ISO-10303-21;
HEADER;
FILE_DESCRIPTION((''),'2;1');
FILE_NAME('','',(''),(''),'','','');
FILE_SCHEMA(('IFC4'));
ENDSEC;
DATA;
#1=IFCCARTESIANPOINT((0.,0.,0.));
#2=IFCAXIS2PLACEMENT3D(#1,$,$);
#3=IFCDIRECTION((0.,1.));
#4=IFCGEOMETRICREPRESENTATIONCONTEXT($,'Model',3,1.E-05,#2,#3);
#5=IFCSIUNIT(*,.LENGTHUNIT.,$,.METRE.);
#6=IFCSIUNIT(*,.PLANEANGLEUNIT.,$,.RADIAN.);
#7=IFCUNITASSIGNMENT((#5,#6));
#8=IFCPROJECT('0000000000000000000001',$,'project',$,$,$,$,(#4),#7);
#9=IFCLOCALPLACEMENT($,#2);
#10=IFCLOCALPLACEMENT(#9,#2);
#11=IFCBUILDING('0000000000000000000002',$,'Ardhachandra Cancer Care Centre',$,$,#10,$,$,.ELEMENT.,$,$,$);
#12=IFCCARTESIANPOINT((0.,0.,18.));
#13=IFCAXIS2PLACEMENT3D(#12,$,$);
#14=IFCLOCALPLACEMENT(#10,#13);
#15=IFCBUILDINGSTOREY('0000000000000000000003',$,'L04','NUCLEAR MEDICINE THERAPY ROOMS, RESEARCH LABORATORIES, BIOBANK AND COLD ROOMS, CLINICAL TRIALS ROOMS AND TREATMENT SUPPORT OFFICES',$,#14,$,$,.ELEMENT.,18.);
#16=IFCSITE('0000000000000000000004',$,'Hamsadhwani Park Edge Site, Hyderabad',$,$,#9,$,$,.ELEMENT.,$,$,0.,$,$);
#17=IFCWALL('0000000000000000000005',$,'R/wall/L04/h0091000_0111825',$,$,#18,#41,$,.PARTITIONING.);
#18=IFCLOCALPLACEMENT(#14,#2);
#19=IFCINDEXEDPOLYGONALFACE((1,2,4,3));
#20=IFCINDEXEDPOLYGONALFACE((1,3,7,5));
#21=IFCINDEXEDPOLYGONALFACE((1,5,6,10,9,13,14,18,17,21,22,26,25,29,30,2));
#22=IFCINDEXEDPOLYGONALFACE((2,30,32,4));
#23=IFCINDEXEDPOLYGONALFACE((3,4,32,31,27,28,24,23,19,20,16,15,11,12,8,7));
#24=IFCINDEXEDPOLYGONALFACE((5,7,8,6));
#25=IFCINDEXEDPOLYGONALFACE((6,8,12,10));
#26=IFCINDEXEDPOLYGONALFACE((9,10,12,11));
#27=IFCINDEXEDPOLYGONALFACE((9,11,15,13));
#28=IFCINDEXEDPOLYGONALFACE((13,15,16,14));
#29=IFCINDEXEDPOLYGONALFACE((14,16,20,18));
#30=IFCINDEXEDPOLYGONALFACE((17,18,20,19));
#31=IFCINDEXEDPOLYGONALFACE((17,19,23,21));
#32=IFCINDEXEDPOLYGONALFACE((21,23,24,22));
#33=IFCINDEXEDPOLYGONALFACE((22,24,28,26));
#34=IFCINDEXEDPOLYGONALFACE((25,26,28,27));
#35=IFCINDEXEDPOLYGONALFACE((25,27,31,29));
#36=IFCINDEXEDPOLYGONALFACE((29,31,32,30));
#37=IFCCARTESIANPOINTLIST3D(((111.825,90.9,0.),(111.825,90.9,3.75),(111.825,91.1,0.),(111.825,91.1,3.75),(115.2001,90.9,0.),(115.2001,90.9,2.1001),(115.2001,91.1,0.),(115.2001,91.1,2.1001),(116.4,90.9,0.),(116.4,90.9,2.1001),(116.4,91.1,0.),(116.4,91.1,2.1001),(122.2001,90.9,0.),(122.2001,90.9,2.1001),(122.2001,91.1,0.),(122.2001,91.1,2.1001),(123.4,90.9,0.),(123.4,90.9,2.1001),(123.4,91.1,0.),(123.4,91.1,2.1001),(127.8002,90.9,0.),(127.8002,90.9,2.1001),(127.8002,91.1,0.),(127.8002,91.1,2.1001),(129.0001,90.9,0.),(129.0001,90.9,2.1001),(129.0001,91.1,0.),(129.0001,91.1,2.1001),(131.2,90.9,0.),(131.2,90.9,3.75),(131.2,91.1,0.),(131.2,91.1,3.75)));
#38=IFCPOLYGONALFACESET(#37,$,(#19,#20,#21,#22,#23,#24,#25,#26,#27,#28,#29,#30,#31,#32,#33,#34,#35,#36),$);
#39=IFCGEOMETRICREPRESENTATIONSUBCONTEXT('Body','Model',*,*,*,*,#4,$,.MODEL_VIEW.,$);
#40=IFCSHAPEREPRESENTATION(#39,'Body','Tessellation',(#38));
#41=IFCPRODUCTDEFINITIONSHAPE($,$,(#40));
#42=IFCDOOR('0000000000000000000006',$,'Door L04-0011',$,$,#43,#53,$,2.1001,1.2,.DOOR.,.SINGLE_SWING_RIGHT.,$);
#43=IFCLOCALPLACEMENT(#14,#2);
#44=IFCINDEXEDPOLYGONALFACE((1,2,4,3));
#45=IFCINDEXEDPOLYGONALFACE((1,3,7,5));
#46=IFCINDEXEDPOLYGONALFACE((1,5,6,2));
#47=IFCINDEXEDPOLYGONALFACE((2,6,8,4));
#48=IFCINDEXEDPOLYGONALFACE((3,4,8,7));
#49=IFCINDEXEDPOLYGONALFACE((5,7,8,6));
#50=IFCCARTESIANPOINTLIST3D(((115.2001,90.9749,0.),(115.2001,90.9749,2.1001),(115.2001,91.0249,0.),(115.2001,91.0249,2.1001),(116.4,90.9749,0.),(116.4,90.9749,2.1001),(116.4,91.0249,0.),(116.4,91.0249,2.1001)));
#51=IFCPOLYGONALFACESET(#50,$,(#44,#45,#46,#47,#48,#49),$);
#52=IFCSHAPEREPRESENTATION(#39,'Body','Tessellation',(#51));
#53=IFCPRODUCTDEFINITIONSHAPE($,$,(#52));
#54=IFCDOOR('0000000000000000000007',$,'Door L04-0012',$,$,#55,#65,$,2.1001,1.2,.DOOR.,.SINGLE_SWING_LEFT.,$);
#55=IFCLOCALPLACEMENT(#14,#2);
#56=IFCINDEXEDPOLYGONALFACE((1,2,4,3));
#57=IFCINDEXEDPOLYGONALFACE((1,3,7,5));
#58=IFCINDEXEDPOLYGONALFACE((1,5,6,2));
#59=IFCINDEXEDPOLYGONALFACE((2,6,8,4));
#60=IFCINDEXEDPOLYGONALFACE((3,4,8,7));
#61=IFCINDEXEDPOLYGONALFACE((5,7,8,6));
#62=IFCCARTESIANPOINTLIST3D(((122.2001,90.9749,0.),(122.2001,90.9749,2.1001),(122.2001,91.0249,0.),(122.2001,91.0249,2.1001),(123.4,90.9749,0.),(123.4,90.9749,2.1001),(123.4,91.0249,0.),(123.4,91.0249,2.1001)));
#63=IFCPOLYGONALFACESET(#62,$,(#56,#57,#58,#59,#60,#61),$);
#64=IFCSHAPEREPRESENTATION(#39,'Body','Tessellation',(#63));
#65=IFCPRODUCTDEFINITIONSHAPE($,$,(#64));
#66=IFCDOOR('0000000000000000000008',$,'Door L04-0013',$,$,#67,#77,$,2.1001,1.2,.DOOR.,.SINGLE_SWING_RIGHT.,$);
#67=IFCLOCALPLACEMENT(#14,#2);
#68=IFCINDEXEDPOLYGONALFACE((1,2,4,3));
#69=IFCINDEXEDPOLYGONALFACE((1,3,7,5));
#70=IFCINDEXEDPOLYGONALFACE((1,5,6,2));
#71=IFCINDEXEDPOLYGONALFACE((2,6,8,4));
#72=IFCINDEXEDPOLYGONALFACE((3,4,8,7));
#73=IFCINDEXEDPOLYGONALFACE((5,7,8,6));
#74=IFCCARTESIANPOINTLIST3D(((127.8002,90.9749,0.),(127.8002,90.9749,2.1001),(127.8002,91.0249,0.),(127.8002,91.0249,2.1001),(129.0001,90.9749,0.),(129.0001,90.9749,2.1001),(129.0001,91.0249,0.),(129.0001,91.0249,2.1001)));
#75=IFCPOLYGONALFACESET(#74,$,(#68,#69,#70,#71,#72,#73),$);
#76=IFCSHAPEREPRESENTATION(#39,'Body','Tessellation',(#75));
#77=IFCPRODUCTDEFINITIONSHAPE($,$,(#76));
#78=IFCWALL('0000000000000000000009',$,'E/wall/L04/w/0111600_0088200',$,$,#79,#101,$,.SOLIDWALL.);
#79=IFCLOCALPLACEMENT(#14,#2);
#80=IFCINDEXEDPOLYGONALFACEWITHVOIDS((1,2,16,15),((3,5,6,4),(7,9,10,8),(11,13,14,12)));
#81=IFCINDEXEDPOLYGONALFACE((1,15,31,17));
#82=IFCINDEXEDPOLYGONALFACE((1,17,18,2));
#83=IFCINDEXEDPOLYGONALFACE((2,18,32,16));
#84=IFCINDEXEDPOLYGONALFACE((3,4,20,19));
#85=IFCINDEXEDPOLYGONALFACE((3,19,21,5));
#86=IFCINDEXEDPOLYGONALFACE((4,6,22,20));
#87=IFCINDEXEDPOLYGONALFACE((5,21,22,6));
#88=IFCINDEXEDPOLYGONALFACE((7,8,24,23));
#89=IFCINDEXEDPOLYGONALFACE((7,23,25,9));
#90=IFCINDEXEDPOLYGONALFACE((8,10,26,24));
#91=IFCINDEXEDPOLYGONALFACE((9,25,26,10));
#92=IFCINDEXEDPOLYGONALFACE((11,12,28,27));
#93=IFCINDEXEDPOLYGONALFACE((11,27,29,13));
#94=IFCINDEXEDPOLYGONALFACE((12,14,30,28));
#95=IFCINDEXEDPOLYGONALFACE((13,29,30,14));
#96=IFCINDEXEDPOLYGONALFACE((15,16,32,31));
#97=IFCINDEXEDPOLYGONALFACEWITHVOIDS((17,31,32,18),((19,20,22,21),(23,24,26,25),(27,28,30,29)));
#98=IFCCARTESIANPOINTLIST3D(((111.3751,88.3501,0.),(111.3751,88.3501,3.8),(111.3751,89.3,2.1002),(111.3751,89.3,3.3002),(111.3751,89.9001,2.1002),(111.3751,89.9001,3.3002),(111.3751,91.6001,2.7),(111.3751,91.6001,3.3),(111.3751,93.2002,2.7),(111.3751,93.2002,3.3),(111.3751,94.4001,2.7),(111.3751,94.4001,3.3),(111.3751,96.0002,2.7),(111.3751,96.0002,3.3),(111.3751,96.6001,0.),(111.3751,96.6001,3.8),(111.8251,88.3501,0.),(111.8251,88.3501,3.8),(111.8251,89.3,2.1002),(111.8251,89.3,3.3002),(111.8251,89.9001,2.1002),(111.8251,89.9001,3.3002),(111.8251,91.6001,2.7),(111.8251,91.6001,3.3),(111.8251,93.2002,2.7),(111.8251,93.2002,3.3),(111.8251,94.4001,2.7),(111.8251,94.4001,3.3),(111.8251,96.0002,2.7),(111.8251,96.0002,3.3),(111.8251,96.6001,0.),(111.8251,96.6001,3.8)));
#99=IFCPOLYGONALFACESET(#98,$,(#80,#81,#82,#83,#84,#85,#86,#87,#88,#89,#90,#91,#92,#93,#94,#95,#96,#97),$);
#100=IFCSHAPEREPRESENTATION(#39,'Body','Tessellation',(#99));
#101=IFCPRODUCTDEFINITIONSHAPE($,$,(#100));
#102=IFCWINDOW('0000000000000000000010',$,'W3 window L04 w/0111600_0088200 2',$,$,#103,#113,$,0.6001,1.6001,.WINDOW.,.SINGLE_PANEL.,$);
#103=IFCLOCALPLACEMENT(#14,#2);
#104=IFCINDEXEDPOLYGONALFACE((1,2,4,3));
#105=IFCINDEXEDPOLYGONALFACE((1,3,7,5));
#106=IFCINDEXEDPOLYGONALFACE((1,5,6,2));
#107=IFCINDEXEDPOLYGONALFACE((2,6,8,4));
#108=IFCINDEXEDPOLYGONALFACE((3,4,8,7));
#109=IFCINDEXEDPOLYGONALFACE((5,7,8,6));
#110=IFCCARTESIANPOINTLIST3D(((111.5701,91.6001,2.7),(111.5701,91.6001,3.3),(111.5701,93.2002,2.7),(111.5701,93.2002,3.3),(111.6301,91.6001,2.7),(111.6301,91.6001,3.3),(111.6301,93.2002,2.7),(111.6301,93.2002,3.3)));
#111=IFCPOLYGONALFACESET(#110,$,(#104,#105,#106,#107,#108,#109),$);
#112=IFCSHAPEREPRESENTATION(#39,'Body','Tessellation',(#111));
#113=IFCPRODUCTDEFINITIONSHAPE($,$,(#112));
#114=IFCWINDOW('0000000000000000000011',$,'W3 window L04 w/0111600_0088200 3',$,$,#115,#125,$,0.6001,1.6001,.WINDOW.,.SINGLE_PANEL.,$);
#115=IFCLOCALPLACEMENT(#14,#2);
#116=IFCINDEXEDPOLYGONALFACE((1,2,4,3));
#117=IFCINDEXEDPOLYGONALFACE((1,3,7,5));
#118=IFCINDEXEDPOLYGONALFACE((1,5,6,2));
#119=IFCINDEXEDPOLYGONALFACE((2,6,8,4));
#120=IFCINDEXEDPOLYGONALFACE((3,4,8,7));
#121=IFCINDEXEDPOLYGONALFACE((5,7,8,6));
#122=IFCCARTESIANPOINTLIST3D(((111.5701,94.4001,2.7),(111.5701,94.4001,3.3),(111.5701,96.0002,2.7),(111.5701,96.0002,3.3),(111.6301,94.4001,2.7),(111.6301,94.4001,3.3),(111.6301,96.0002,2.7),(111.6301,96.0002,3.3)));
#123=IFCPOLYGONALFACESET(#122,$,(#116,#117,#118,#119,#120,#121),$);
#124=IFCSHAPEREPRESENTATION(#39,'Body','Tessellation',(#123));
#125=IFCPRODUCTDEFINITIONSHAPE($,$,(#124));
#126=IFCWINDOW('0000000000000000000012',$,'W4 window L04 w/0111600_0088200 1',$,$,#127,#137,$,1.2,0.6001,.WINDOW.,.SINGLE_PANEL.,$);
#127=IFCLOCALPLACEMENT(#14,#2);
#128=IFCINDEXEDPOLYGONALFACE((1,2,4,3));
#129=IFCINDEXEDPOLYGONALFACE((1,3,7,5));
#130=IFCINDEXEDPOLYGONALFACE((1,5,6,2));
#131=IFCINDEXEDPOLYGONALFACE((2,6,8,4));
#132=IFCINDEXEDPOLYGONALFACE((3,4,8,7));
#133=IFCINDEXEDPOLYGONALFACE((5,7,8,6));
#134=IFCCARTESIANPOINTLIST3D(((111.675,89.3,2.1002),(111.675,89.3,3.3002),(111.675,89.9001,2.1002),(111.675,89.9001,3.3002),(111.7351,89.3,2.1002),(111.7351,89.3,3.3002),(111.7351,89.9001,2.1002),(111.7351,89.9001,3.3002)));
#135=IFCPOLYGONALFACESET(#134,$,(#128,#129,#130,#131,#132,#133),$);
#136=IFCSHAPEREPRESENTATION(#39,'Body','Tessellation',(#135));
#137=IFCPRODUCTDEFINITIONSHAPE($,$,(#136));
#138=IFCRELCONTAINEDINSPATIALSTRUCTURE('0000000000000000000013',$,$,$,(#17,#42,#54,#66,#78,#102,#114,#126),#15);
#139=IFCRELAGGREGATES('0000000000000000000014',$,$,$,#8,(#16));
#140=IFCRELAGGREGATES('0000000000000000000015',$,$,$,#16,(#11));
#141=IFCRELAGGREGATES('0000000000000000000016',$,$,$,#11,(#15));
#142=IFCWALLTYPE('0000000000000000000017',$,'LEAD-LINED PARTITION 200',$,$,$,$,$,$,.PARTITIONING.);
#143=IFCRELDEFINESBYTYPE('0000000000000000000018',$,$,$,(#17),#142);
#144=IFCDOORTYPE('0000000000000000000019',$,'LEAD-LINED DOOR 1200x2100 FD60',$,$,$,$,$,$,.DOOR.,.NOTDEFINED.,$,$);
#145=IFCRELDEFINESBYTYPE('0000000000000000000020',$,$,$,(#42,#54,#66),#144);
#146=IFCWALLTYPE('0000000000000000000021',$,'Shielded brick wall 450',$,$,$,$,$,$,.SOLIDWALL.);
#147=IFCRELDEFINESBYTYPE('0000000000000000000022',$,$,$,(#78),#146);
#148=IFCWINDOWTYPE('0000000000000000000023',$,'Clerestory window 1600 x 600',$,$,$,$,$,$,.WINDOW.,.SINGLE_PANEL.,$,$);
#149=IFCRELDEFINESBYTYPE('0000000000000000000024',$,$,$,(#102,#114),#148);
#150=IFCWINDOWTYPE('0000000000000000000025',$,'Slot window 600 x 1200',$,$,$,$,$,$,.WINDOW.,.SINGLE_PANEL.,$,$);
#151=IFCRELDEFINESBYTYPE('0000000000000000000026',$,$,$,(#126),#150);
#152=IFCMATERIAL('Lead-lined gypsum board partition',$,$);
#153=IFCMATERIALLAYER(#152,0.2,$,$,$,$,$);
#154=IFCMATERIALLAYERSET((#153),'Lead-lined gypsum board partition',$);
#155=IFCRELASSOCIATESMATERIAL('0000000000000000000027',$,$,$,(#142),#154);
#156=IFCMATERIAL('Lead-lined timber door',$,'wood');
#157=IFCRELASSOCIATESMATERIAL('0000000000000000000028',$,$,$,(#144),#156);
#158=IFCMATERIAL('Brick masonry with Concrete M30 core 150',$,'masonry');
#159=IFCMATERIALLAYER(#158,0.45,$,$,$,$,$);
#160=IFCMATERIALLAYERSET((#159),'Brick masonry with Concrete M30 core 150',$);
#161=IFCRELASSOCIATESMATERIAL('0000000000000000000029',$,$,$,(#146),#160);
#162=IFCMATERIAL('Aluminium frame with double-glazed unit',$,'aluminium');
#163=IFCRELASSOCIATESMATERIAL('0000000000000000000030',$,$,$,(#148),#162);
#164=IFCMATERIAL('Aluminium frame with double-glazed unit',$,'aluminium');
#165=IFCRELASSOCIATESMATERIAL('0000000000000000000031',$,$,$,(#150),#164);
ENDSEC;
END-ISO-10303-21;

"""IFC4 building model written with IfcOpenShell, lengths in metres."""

from ifc_helpers import new_model, si_unit, direction, frame, frame_2d, origin, place, context, subcontext, project, spatial, rectangle, extrude, material, layer, layer_set, type_object, element, fill, save


model = new_model("IFC4")

# Units and contexts
model_context = context("Model", 3, precision=1e-05, world=origin(), true_north=direction((0.0, 1.0)))
body_context = subcontext(model_context, "Body", "Model", "MODEL_VIEW")
ifc_project = project(units=[si_unit("LENGTHUNIT", "METRE"), si_unit("PLANEANGLEUNIT", "RADIAN")], contexts=[model_context])

# Site, building, storey
site_placement = place(None, origin())
site = spatial("IfcSite", under=ifc_project, at=site_placement, Name="Hamsadhwani Park Edge Site, Hyderabad", CompositionType="ELEMENT", RefElevation=0.0)
building_placement = place(site_placement, origin())
building = spatial("IfcBuilding", under=site, at=building_placement, Name="Ardhachandra Cancer Care Centre", CompositionType="ELEMENT")
storey_placement = place(building_placement, frame((0.0, 0.0, 18.0)))
storey = spatial("IfcBuildingStorey", under=building, at=storey_placement, Name="L04", Description="NUCLEAR MEDICINE THERAPY ROOMS, RESEARCH LABORATORIES, BIOBANK AND COLD ROOMS, CLINICAL TRIALS ROOMS AND TREATMENT SUPPORT OFFICES", CompositionType="ELEMENT", Elevation=18.0)

# Wall, openings, doors
ifc_material_1 = material(Name="Lead-lined gypsum board partition")
ifc_layer_1 = layer(ifc_material_1, 0.2)
ifc_layer_set_1 = layer_set([ifc_layer_1], Name="Lead-lined gypsum board partition")
wall_type_1 = type_object("IfcWallType", Name="LEAD-LINED PARTITION 200", PredefinedType="PARTITIONING", material=ifc_layer_set_1)
wall_1_placement = place(storey_placement, frame((111.825, 91.0, 0.0), z_axis=(0.0, 0.0, 1.0), x_axis=(1.0, 0.0, 0.0)))
wall_1 = element("IfcWall", 1, at=wall_1_placement, inside=storey, type_object=wall_type_1, Name="R/wall/L04/h0091000_0111825", PredefinedType="PARTITIONING", context=body_context, shape_type="SweptSolid", body=[
    extrude(rectangle(XDim=19.375, YDim=0.2, at=frame_2d((9.6875, 0.0))), origin(), (0.0, 0.0, 1.0), 3.75),
])
opening_1_placement = place(wall_1_placement, frame((3.375, 0.0, 0.0)))
opening_1 = element("IfcOpeningElement", 2, at=opening_1_placement, cuts=wall_1, PredefinedType="OPENING", context=body_context, shape_type="SweptSolid", body=[
    extrude(rectangle(XDim=1.2, YDim=2.1001, at=frame_2d((0.6001, 1.05))), frame((0.0, 0.1099, 0.0), z_axis=(0.0, -1.0, 0.0), x_axis=(1.0, 0.0, 0.0)), (0.0, 0.0, 1.0), 0.22),
])
opening_2_placement = place(wall_1_placement, frame((10.375, 0.0, 0.0)))
opening_2 = element("IfcOpeningElement", 3, at=opening_2_placement, cuts=wall_1, PredefinedType="OPENING", context=body_context, shape_type="SweptSolid", body=[
    extrude(rectangle(XDim=1.2, YDim=2.1001, at=frame_2d((0.6001, 1.05))), frame((0.0, 0.1099, 0.0), z_axis=(0.0, -1.0, 0.0), x_axis=(1.0, 0.0, 0.0)), (0.0, 0.0, 1.0), 0.22),
])
opening_3_placement = place(wall_1_placement, frame((15.9751, 0.0, 0.0)))
opening_3 = element("IfcOpeningElement", 4, at=opening_3_placement, cuts=wall_1, PredefinedType="OPENING", context=body_context, shape_type="SweptSolid", body=[
    extrude(rectangle(XDim=1.2, YDim=2.1001, at=frame_2d((0.6001, 1.05))), frame((0.0, 0.1099, 0.0), z_axis=(0.0, -1.0, 0.0), x_axis=(1.0, 0.0, 0.0)), (0.0, 0.0, 1.0), 0.22),
])
ifc_material_2 = material(Name="Lead-lined timber door", Category="wood")
door_type_1 = type_object("IfcDoorType", Name="LEAD-LINED DOOR 1200x2100 FD60", OperationType="NOTDEFINED", PredefinedType="DOOR", material=ifc_material_2)
door_1_placement = place(opening_1_placement, origin())
door_1 = element("IfcDoor", 5, at=door_1_placement, inside=storey, type_object=door_type_1, Name="Door L04-0011", OperationType="SINGLE_SWING_RIGHT", OverallHeight=2.1001, OverallWidth=1.2, PredefinedType="DOOR", context=body_context, shape_type="SweptSolid", body=[
    extrude(rectangle(XDim=1.2, YDim=2.1001, at=frame_2d((0.6001, 1.05))), frame((0.0, 0.0249, 0.0), z_axis=(0.0, -1.0, 0.0), x_axis=(1.0, 0.0, 0.0)), (0.0, 0.0, 1.0), 0.05),
])
fill(opening_1, door_1)
door_2_placement = place(opening_2_placement, origin())
door_2 = element("IfcDoor", 6, at=door_2_placement, inside=storey, type_object=door_type_1, Name="Door L04-0012", OperationType="SINGLE_SWING_LEFT", OverallHeight=2.1001, OverallWidth=1.2, PredefinedType="DOOR", context=body_context, shape_type="SweptSolid", body=[
    extrude(rectangle(XDim=1.2, YDim=2.1001, at=frame_2d((0.6001, 1.05))), frame((0.0, 0.0249, 0.0), z_axis=(0.0, -1.0, 0.0), x_axis=(1.0, 0.0, 0.0)), (0.0, 0.0, 1.0), 0.05),
])
fill(opening_2, door_2)
door_3_placement = place(opening_3_placement, origin())
door_3 = element("IfcDoor", 7, at=door_3_placement, inside=storey, type_object=door_type_1, Name="Door L04-0013", OperationType="SINGLE_SWING_RIGHT", OverallHeight=2.1001, OverallWidth=1.2, PredefinedType="DOOR", context=body_context, shape_type="SweptSolid", body=[
    extrude(rectangle(XDim=1.2, YDim=2.1001, at=frame_2d((0.6001, 1.05))), frame((0.0, 0.0249, 0.0), z_axis=(0.0, -1.0, 0.0), x_axis=(1.0, 0.0, 0.0)), (0.0, 0.0, 1.0), 0.05),
])
fill(opening_3, door_3)

# Wall, openings, windows
ifc_material_3 = material(Name="Brick masonry with Concrete M30 core 150", Category="masonry")
ifc_layer_2 = layer(ifc_material_3, 0.45)
ifc_layer_set_2 = layer_set([ifc_layer_2], Name="Brick masonry with Concrete M30 core 150")
wall_type_2 = type_object("IfcWallType", Name="Shielded brick wall 450", PredefinedType="SOLIDWALL", material=ifc_layer_set_2)
wall_2_placement = place(storey_placement, frame((111.6001, 88.3501, 0.0), z_axis=(0.0, 0.0, 1.0), x_axis=(0.0, 1.0, 0.0)))
wall_2 = element("IfcWall", 8, at=wall_2_placement, inside=storey, type_object=wall_type_2, Name="E/wall/L04/w/0111600_0088200", PredefinedType="SOLIDWALL", context=body_context, shape_type="SweptSolid", body=[
    extrude(rectangle(XDim=8.25, YDim=0.45, at=frame_2d((4.125, 0.0))), origin(), (0.0, 0.0, 1.0), 3.8),
])
opening_4_placement = place(wall_2_placement, frame((0.95, 0.0, 2.1001)))
opening_4 = element("IfcOpeningElement", 9, at=opening_4_placement, cuts=wall_2, PredefinedType="OPENING", context=body_context, shape_type="SweptSolid", body=[
    extrude(rectangle(XDim=0.6001, YDim=1.2, at=frame_2d((0.3, 0.6001))), frame((0.0, 0.2349, 0.0), z_axis=(0.0, -1.0, 0.0), x_axis=(1.0, 0.0, 0.0)), (0.0, 0.0, 1.0), 0.47),
])
opening_5_placement = place(wall_2_placement, frame((3.25, 0.0, 2.7)))
opening_5 = element("IfcOpeningElement", 10, at=opening_5_placement, cuts=wall_2, PredefinedType="OPENING", context=body_context, shape_type="SweptSolid", body=[
    extrude(rectangle(XDim=1.6001, YDim=0.6001, at=frame_2d((0.8, 0.3))), frame((0.0, 0.2349, 0.0), z_axis=(0.0, -1.0, 0.0), x_axis=(1.0, 0.0, 0.0)), (0.0, 0.0, 1.0), 0.47),
])
opening_6_placement = place(wall_2_placement, frame((6.05, 0.0, 2.7)))
opening_6 = element("IfcOpeningElement", 11, at=opening_6_placement, cuts=wall_2, PredefinedType="OPENING", context=body_context, shape_type="SweptSolid", body=[
    extrude(rectangle(XDim=1.6001, YDim=0.6001, at=frame_2d((0.8, 0.3))), frame((0.0, 0.2349, 0.0), z_axis=(0.0, -1.0, 0.0), x_axis=(1.0, 0.0, 0.0)), (0.0, 0.0, 1.0), 0.47),
])
ifc_material_4 = material(Name="Aluminium frame with double-glazed unit", Category="aluminium")
window_type_1 = type_object("IfcWindowType", Name="Clerestory window 1600 x 600", PartitioningType="SINGLE_PANEL", PredefinedType="WINDOW", material=ifc_material_4)
window_1_placement = place(opening_5_placement, origin())
window_1 = element("IfcWindow", 12, at=window_1_placement, inside=storey, type_object=window_type_1, Name="W3 window L04 w/0111600_0088200 2", OverallHeight=0.6001, OverallWidth=1.6001, PartitioningType="SINGLE_PANEL", PredefinedType="WINDOW", context=body_context, shape_type="SweptSolid", body=[
    extrude(rectangle(XDim=1.6001, YDim=0.6001, at=frame_2d((0.8, 0.3))), frame((0.0, 0.03, 0.0), z_axis=(0.0, -1.0, 0.0), x_axis=(1.0, 0.0, 0.0)), (0.0, 0.0, 1.0), 0.0601),
])
fill(opening_5, window_1)
window_2_placement = place(opening_6_placement, origin())
window_2 = element("IfcWindow", 13, at=window_2_placement, inside=storey, type_object=window_type_1, Name="W3 window L04 w/0111600_0088200 3", OverallHeight=0.6001, OverallWidth=1.6001, PartitioningType="SINGLE_PANEL", PredefinedType="WINDOW", context=body_context, shape_type="SweptSolid", body=[
    extrude(rectangle(XDim=1.6001, YDim=0.6001, at=frame_2d((0.8, 0.3))), frame((0.0, 0.03, 0.0), z_axis=(0.0, -1.0, 0.0), x_axis=(1.0, 0.0, 0.0)), (0.0, 0.0, 1.0), 0.0601),
])
fill(opening_6, window_2)
ifc_material_5 = material(Name="Aluminium frame with double-glazed unit", Category="aluminium")
window_type_2 = type_object("IfcWindowType", Name="Slot window 600 x 1200", PartitioningType="SINGLE_PANEL", PredefinedType="WINDOW", material=ifc_material_5)
window_3_placement = place(opening_4_placement, origin())
window_3 = element("IfcWindow", 14, at=window_3_placement, inside=storey, type_object=window_type_2, Name="W4 window L04 w/0111600_0088200 1", OverallHeight=1.2, OverallWidth=0.6001, PartitioningType="SINGLE_PANEL", PredefinedType="WINDOW", context=body_context, shape_type="SweptSolid", body=[
    extrude(rectangle(XDim=0.6001, YDim=1.2, at=frame_2d((0.3, 0.6001))), frame((0.0, -0.075, 0.0), z_axis=(0.0, -1.0, 0.0), x_axis=(1.0, 0.0, 0.0)), (0.0, 0.0, 1.0), 0.0601),
])
fill(opening_4, window_3)

save(model, "model.ifc")
